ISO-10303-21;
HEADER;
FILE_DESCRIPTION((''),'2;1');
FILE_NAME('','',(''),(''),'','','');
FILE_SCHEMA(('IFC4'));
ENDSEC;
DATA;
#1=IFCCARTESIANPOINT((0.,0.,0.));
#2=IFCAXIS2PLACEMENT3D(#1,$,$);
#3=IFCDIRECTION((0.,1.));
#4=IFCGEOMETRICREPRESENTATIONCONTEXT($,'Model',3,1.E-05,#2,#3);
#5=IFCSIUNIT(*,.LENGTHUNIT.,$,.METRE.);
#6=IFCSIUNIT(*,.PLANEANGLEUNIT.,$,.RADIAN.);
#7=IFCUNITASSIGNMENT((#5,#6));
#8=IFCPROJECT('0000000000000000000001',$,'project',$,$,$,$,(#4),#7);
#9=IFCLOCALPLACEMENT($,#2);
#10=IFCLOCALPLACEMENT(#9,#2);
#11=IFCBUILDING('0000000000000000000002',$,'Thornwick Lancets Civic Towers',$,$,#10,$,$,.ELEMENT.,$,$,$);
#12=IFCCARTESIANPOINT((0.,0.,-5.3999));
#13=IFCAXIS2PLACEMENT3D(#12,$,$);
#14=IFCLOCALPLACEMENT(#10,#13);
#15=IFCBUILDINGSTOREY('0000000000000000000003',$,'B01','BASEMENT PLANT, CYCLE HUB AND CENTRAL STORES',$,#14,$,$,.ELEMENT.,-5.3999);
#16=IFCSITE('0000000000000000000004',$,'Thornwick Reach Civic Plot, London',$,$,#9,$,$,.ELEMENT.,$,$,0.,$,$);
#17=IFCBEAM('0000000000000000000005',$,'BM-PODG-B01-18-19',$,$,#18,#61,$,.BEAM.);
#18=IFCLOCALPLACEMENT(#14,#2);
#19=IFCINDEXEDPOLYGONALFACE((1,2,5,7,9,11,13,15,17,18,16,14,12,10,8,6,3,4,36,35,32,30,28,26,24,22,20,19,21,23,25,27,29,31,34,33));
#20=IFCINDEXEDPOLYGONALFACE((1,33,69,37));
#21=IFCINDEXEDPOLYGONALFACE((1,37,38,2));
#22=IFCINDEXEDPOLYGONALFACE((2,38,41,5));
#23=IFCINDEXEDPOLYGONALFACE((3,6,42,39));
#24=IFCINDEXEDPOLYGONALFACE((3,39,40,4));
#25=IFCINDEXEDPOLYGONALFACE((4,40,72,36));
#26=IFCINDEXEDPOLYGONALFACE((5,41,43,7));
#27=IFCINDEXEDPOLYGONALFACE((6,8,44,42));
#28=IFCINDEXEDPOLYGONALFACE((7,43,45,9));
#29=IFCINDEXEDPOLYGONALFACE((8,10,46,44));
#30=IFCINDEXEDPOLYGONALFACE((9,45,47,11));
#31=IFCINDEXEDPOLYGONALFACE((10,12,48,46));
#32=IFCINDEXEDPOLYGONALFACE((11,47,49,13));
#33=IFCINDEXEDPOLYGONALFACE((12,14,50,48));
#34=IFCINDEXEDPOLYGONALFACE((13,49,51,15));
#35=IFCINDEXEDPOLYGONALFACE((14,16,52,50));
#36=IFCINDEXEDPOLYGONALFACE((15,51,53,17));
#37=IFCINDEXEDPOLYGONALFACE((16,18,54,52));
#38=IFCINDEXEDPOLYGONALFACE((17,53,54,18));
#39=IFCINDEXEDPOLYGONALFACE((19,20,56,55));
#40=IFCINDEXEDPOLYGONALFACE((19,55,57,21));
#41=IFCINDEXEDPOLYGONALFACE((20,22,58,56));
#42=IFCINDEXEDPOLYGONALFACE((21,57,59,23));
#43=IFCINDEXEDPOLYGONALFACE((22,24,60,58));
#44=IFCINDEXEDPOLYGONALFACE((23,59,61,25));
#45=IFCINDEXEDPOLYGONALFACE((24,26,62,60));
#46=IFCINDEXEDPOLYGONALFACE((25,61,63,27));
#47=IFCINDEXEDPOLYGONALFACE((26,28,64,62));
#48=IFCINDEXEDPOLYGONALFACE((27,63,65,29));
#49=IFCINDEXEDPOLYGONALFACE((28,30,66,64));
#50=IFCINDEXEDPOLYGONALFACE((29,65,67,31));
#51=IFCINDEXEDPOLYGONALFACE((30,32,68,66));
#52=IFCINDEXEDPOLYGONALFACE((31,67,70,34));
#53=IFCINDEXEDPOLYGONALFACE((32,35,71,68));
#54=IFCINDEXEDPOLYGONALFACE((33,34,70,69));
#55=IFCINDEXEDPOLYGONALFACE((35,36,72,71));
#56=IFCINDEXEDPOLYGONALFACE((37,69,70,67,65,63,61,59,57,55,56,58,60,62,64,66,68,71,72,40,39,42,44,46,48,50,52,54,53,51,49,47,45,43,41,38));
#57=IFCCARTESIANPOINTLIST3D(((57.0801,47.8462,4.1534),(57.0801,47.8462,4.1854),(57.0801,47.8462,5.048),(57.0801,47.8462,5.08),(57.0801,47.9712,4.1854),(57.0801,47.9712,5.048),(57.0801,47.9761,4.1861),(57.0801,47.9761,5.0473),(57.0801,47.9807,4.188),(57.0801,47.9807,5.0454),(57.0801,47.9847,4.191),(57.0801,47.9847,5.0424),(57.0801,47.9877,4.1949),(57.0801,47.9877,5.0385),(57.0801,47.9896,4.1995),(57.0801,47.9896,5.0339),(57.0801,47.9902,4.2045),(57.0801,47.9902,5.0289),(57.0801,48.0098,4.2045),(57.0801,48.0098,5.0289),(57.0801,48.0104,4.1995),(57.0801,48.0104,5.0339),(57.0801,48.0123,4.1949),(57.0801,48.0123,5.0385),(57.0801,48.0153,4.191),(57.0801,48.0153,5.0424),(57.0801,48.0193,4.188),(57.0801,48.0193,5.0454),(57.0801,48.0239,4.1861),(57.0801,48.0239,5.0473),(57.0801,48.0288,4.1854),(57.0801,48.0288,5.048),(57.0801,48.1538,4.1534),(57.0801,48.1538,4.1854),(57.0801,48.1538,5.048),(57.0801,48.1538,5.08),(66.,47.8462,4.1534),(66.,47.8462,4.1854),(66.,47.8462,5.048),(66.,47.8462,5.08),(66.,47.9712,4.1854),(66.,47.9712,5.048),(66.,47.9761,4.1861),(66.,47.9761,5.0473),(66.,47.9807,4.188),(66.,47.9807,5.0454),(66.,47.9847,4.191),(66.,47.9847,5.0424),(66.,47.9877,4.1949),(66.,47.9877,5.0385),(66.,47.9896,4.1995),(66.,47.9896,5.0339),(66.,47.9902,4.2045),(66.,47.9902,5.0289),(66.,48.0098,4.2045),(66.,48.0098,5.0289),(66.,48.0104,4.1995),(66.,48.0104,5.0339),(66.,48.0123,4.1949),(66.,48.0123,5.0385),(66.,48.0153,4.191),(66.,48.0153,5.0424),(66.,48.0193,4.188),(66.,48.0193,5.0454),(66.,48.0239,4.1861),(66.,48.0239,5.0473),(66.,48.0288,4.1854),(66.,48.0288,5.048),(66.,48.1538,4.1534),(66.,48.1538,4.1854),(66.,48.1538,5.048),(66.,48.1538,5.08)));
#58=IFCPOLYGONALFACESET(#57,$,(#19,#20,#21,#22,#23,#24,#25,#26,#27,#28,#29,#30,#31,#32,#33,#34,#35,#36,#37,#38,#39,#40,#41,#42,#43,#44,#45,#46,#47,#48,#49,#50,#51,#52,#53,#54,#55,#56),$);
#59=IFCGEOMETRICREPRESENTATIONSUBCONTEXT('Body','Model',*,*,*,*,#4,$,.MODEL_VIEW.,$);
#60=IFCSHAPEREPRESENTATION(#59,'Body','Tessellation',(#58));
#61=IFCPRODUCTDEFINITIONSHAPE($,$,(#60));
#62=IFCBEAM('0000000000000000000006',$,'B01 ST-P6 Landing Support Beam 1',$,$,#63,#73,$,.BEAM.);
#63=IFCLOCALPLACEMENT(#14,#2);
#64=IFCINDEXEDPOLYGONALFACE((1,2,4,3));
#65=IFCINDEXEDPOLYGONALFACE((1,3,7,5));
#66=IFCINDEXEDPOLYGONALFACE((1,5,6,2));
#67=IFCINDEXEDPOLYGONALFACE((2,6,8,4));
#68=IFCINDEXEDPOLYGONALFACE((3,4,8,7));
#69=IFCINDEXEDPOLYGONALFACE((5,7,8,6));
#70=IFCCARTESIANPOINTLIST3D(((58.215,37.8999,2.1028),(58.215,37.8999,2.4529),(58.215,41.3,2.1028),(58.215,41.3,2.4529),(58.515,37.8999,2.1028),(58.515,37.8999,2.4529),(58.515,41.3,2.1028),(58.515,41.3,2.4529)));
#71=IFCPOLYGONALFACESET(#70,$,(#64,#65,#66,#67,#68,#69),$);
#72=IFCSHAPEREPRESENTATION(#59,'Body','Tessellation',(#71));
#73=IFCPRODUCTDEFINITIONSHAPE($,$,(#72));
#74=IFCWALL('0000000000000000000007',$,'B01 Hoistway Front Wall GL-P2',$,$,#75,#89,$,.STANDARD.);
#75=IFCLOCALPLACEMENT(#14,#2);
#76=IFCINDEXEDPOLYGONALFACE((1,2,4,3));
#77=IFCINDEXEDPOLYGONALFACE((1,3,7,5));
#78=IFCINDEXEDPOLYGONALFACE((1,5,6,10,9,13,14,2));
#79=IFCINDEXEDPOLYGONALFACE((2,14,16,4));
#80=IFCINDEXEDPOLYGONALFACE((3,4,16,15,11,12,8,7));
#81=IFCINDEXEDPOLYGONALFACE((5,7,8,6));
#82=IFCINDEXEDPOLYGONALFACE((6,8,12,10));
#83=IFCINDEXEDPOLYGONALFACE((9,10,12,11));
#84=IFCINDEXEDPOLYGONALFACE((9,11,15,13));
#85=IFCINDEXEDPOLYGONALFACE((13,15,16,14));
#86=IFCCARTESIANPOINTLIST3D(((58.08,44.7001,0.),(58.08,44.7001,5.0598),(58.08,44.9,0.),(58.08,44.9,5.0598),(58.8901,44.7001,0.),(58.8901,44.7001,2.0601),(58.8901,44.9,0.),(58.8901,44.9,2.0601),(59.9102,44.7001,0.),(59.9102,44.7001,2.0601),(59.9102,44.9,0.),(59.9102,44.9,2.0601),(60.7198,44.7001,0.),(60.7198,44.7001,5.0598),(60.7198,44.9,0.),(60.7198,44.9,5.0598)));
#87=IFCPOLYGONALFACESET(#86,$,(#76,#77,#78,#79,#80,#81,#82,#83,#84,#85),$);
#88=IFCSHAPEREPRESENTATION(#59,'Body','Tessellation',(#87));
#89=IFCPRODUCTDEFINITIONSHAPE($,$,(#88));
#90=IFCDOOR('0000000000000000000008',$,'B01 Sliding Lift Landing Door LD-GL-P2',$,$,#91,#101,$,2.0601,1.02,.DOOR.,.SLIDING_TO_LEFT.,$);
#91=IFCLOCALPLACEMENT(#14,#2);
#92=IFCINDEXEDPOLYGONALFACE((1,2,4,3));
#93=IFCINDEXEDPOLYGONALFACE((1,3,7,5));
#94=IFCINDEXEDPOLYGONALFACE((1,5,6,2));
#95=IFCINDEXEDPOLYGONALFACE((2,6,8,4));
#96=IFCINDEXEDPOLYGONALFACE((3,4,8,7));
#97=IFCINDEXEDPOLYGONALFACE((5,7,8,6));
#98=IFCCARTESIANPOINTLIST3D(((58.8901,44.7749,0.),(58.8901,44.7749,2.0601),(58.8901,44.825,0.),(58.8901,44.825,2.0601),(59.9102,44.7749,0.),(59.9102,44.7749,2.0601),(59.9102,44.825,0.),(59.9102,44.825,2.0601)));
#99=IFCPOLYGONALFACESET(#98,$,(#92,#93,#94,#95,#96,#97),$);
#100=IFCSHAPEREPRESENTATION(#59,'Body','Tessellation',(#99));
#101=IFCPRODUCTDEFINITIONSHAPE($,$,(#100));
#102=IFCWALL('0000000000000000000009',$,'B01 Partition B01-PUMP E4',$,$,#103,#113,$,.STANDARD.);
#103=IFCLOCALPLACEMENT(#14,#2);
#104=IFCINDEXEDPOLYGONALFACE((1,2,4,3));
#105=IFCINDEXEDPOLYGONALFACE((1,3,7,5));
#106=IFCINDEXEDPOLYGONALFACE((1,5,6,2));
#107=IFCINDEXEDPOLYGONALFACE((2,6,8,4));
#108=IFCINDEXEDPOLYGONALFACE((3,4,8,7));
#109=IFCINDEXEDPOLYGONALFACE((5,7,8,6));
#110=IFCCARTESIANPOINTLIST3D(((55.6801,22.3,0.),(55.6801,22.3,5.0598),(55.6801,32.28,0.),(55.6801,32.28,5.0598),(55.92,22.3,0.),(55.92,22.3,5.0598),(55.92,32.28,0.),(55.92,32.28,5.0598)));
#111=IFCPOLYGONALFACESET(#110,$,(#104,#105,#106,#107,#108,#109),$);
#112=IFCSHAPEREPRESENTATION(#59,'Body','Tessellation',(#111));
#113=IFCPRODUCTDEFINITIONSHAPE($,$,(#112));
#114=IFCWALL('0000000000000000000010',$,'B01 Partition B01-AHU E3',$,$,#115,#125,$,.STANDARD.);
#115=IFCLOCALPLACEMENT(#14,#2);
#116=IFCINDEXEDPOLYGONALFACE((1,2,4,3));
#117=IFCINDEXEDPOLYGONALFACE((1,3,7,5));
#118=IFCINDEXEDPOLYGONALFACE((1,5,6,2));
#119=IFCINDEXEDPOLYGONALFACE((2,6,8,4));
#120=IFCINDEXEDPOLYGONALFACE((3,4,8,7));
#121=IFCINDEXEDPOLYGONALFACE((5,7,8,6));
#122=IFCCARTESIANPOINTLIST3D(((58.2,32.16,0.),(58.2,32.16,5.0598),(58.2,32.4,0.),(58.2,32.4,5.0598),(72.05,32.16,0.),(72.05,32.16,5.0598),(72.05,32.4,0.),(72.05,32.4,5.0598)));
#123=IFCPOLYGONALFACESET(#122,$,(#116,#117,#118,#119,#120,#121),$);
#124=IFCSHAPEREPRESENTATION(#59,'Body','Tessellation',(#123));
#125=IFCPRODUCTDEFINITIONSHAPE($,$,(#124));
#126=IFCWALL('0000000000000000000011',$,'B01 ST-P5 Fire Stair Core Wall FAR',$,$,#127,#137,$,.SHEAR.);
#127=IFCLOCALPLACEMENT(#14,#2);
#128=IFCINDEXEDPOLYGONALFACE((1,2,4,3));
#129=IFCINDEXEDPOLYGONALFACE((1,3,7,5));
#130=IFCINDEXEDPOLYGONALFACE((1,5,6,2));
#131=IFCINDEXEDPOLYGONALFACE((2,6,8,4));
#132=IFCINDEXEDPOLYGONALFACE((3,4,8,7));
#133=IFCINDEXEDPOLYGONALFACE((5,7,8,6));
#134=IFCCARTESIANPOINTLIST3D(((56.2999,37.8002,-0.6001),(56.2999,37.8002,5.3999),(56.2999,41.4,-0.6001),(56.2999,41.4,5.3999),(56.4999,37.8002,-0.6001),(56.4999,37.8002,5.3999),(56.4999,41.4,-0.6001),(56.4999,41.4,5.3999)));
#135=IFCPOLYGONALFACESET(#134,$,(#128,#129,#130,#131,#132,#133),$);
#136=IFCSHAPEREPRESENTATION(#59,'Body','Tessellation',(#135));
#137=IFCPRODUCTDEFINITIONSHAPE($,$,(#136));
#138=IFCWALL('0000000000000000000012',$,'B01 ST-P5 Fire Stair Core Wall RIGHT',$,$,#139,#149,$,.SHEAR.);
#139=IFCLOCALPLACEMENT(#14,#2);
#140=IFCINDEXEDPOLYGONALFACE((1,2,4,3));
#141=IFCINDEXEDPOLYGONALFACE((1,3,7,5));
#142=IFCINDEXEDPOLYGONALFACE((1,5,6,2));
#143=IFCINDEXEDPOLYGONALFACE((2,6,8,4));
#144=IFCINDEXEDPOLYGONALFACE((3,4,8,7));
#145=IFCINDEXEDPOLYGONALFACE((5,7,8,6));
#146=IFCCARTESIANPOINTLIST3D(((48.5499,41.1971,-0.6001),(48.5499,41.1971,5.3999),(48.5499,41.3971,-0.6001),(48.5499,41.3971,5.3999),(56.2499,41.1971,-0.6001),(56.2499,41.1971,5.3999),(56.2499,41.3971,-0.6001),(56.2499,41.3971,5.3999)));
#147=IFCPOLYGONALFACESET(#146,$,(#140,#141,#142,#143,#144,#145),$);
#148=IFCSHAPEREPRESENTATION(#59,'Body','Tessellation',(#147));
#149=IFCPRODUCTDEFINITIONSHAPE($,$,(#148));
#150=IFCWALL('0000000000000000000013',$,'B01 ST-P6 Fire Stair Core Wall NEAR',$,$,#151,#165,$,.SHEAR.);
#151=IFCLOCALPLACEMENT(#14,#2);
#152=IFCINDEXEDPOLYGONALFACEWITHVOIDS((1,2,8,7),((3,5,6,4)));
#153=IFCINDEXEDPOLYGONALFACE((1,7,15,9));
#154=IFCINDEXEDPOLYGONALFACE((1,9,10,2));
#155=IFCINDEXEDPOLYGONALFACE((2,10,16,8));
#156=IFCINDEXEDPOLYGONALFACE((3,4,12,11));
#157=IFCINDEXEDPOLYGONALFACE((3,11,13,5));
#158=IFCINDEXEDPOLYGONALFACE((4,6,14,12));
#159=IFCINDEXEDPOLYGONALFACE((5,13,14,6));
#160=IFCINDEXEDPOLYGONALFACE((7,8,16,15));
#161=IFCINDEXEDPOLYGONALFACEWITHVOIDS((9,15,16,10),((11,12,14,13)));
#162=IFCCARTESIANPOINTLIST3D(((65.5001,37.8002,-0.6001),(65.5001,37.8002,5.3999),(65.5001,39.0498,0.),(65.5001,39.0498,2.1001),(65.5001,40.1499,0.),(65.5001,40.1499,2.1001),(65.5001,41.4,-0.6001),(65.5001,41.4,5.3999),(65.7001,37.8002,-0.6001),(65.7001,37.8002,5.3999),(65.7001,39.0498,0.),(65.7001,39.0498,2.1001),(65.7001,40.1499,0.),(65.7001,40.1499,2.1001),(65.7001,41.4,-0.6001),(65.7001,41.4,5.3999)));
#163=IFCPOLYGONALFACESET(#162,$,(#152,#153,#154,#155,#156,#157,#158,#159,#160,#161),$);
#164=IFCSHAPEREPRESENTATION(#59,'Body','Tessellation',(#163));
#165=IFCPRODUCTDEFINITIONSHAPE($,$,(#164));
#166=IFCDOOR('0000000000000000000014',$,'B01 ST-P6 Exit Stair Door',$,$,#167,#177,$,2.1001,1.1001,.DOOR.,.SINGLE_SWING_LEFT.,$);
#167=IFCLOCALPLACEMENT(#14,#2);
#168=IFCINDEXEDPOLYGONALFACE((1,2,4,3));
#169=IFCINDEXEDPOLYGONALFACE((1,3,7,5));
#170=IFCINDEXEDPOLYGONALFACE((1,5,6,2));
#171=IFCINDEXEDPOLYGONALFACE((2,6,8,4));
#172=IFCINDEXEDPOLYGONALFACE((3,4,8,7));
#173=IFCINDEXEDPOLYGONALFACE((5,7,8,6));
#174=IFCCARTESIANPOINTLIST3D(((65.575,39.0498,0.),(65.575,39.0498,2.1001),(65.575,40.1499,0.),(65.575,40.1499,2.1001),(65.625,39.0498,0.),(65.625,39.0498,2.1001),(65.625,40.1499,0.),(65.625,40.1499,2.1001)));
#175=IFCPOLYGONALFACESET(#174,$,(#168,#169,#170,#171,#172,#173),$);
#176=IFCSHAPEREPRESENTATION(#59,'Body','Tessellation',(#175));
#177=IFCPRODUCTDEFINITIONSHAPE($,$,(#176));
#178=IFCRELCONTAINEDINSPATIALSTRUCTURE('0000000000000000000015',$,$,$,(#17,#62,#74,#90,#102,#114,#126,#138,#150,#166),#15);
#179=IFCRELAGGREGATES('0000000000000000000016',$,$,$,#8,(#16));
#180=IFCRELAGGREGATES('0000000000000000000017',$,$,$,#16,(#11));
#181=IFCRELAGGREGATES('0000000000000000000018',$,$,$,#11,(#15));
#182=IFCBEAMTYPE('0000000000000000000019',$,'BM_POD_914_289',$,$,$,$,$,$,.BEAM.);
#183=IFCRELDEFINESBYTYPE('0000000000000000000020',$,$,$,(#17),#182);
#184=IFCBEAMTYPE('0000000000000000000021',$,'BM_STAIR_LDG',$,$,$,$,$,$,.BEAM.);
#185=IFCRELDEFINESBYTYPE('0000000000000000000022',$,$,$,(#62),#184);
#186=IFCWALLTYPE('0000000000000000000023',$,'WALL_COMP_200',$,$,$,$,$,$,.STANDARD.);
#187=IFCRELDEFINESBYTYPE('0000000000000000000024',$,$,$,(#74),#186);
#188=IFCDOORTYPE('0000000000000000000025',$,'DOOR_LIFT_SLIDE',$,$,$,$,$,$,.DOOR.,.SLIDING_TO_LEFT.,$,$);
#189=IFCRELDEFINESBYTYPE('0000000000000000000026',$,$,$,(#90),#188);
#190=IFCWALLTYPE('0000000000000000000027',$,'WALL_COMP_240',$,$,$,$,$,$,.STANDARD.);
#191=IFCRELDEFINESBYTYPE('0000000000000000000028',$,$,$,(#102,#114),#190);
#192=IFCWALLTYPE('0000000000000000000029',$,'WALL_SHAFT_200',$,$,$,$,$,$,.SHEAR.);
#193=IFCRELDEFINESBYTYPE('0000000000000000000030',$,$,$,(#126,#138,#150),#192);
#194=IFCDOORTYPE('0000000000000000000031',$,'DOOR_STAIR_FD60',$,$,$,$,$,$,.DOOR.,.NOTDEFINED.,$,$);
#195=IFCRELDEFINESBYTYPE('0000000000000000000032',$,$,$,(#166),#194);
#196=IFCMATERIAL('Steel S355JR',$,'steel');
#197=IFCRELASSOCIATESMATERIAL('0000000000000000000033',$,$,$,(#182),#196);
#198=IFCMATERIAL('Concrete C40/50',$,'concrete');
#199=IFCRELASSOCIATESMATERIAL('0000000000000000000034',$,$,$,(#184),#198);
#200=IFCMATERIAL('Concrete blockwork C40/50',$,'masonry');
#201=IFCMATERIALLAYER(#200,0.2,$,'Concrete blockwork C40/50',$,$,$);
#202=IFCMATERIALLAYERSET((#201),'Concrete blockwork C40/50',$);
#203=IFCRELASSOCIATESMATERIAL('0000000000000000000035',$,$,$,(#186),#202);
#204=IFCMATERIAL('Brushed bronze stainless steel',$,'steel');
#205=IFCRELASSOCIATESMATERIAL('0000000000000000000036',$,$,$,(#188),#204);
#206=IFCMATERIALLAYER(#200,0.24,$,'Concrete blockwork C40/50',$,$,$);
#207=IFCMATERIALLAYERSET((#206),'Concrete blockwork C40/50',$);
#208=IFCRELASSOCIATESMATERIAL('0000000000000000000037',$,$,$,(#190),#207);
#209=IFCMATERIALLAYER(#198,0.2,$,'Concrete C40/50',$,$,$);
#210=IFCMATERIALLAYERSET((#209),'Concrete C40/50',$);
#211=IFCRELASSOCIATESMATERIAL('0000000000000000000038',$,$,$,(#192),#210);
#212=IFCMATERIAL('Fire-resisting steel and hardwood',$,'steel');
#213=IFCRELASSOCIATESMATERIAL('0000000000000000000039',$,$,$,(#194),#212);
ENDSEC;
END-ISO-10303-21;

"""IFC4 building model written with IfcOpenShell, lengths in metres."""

from ifc_helpers import new_model, si_unit, direction, frame, frame_2d, origin, origin_2d, place, context, subcontext, project, spatial, rectangle, i_section, extrude, material, layer, layer_set, material_profile, profile_set, type_object, element, fill, save


model = new_model("IFC4")

# Units and contexts
model_context = context("Model", 3, precision=1e-05, world=origin(), true_north=direction((0.0, 1.0)))
body_context = subcontext(model_context, "Body", "Model", "MODEL_VIEW")
ifc_project = project(units=[si_unit("LENGTHUNIT", "METRE"), si_unit("PLANEANGLEUNIT", "RADIAN")], contexts=[model_context])

# Site, building, storey
site_placement = place(None, origin())
site = spatial("IfcSite", under=ifc_project, at=site_placement, Name="Thornwick Reach Civic Plot, London", CompositionType="ELEMENT", RefElevation=0.0)
building_placement = place(site_placement, origin())
building = spatial("IfcBuilding", under=site, at=building_placement, Name="Thornwick Lancets Civic Towers", CompositionType="ELEMENT")
storey_placement = place(building_placement, frame((0.0, 0.0, -5.3999)))
storey = spatial("IfcBuildingStorey", under=building, at=storey_placement, Name="B01", Description="BASEMENT PLANT, CYCLE HUB AND CENTRAL STORES", CompositionType="ELEMENT", Elevation=-5.3999)

# Shared definitions
ifc_material_1 = material(Name="Concrete C40/50", Category="concrete")

# Beams
ifc_material_2 = material(Name="Steel S355JR", Category="steel")
ifc_material_profile_1 = material_profile(ifc_material_2, i_section(OverallWidth=0.3076, OverallDepth=0.9265, WebThickness=0.0195, FlangeThickness=0.032, FilletRadius=0.019, at=origin_2d()), Name="UKB 914x305x289")
ifc_profile_set_1 = profile_set([ifc_material_profile_1], Name="Steel S355JR")
beam_type_1 = type_object("IfcBeamType", Name="BM_POD_914_289", PredefinedType="BEAM", material=ifc_profile_set_1)
beam_1_placement = place(storey_placement, frame((57.0801, 48.0, 4.6167), z_axis=(1.0, 0.0, 0.0), x_axis=(0.0, 1.0, 0.0)))
element("IfcBeam", 1, at=beam_1_placement, inside=storey, type_object=beam_type_1, Name="BM-PODG-B01-18-19", PredefinedType="BEAM", context=body_context, shape_type="SweptSolid", body=[
    extrude(i_section(OverallWidth=0.3076, OverallDepth=0.9265, WebThickness=0.0195, FlangeThickness=0.032, FilletRadius=0.019, at=origin_2d()), origin(), (0.0, 0.0, 1.0), 8.9199),
])
ifc_material_profile_2 = material_profile(ifc_material_1, rectangle(XDim=0.3, YDim=0.3501, at=origin_2d()), Name="RC 300x350")
ifc_profile_set_2 = profile_set([ifc_material_profile_2], Name="Concrete C40/50")
beam_type_2 = type_object("IfcBeamType", Name="BM_STAIR_LDG", PredefinedType="BEAM", material=ifc_profile_set_2)
beam_2_placement = place(storey_placement, frame((58.365, 41.3, 2.2778), z_axis=(0.0, -1.0, 0.0), x_axis=(1.0, 0.0, 0.0)))
element("IfcBeam", 2, at=beam_2_placement, inside=storey, type_object=beam_type_2, Name="B01 ST-P6 Landing Support Beam 1", PredefinedType="BEAM", context=body_context, shape_type="SweptSolid", body=[
    extrude(rectangle(XDim=0.3, YDim=0.3501, at=origin_2d()), origin(), (0.0, 0.0, 1.0), 3.4001),
])

# Wall, opening, door
ifc_material_3 = material(Name="Concrete blockwork C40/50", Category="masonry")
ifc_layer_1 = layer(ifc_material_3, 0.2, Name="Concrete blockwork C40/50")
ifc_layer_set_1 = layer_set([ifc_layer_1], Name="Concrete blockwork C40/50")
wall_type_1 = type_object("IfcWallType", Name="WALL_COMP_200", PredefinedType="STANDARD", material=ifc_layer_set_1)
wall_1_placement = place(storey_placement, frame((58.0801, 44.8, 0.0), z_axis=(0.0, 0.0, 1.0), x_axis=(1.0, 0.0, 0.0)))
wall_1 = element("IfcWall", 3, at=wall_1_placement, inside=storey, type_object=wall_type_1, Name="B01 Hoistway Front Wall GL-P2", PredefinedType="STANDARD", context=body_context, shape_type="SweptSolid", body=[
    extrude(rectangle(XDim=2.6399, YDim=0.2, at=frame_2d((1.3198, 0.0))), origin(), (0.0, 0.0, 1.0), 5.0598),
])
opening_1_placement = place(wall_1_placement, frame((0.8101, 0.0, 0.0)))
opening_1 = element("IfcOpeningElement", 4, at=opening_1_placement, cuts=wall_1, PredefinedType="OPENING", context=body_context, shape_type="SweptSolid", body=[
    extrude(rectangle(XDim=1.02, YDim=2.0601, at=frame_2d((0.51, 1.03))), frame((0.0, 0.1099, 0.0), z_axis=(0.0, -1.0, 0.0), x_axis=(1.0, 0.0, 0.0)), (0.0, 0.0, 1.0), 0.22),
])
ifc_material_4 = material(Name="Brushed bronze stainless steel", Category="steel")
door_type_1 = type_object("IfcDoorType", Name="DOOR_LIFT_SLIDE", OperationType="SLIDING_TO_LEFT", PredefinedType="DOOR", material=ifc_material_4)
door_1_placement = place(opening_1_placement, origin())
door_1 = element("IfcDoor", 5, at=door_1_placement, inside=storey, type_object=door_type_1, Name="B01 Sliding Lift Landing Door LD-GL-P2", OperationType="SLIDING_TO_LEFT", OverallHeight=2.0601, OverallWidth=1.02, PredefinedType="DOOR", context=body_context, shape_type="SweptSolid", body=[
    extrude(rectangle(XDim=1.02, YDim=2.0601, at=frame_2d((0.51, 1.03))), frame((0.0, 0.0249, 0.0), z_axis=(0.0, -1.0, 0.0), x_axis=(1.0, 0.0, 0.0)), (0.0, 0.0, 1.0), 0.05),
])
fill(opening_1, door_1)

# Walls
ifc_layer_2 = layer(ifc_material_3, 0.24, Name="Concrete blockwork C40/50")
ifc_layer_set_2 = layer_set([ifc_layer_2], Name="Concrete blockwork C40/50")
wall_type_2 = type_object("IfcWallType", Name="WALL_COMP_240", PredefinedType="STANDARD", material=ifc_layer_set_2)
wall_2_placement = place(storey_placement, frame((55.8, 32.28, 0.0), z_axis=(0.0, 0.0, 1.0), x_axis=(0.0, -1.0, 0.0)))
element("IfcWall", 6, at=wall_2_placement, inside=storey, type_object=wall_type_2, Name="B01 Partition B01-PUMP E4", PredefinedType="STANDARD", context=body_context, shape_type="SweptSolid", body=[
    extrude(rectangle(XDim=9.98, YDim=0.24, at=frame_2d((4.99, 0.0))), origin(), (0.0, 0.0, 1.0), 5.0598),
])
wall_3_placement = place(storey_placement, frame((58.2, 32.28, 0.0), z_axis=(0.0, 0.0, 1.0), x_axis=(1.0, 0.0, 0.0)))
element("IfcWall", 7, at=wall_3_placement, inside=storey, type_object=wall_type_2, Name="B01 Partition B01-AHU E3", PredefinedType="STANDARD", context=body_context, shape_type="SweptSolid", body=[
    extrude(rectangle(XDim=13.8501, YDim=0.24, at=frame_2d((6.925, 0.0))), origin(), (0.0, 0.0, 1.0), 5.0598),
])
ifc_layer_3 = layer(ifc_material_1, 0.2, Name="Concrete C40/50")
ifc_layer_set_3 = layer_set([ifc_layer_3], Name="Concrete C40/50")
wall_type_3 = type_object("IfcWallType", Name="WALL_SHAFT_200", PredefinedType="SHEAR", material=ifc_layer_set_3)
wall_4_placement = place(storey_placement, frame((56.3999, 41.3999, -0.6001), z_axis=(0.0, 0.0, 1.0), x_axis=(0.0, -1.0, 0.0)))
element("IfcWall", 8, at=wall_4_placement, inside=storey, type_object=wall_type_3, Name="B01 ST-P5 Fire Stair Core Wall FAR", PredefinedType="SHEAR", context=body_context, shape_type="SweptSolid", body=[
    extrude(rectangle(XDim=3.5999, YDim=0.2, at=frame_2d((1.7998, 0.0))), origin(), (0.0, 0.0, 1.0), 6.0),
])
wall_5_placement = place(storey_placement, frame((56.25, 41.2971, -0.6001), z_axis=(0.0, 0.0, 1.0), x_axis=(-1.0, 0.0, 0.0)))
element("IfcWall", 9, at=wall_5_placement, inside=storey, type_object=wall_type_3, Name="B01 ST-P5 Fire Stair Core Wall RIGHT", PredefinedType="SHEAR", context=body_context, shape_type="SweptSolid", body=[
    extrude(rectangle(XDim=7.7, YDim=0.2, at=frame_2d((3.8501, 0.0))), origin(), (0.0, 0.0, 1.0), 6.0),
])

# Wall, opening, door
wall_6_placement = place(storey_placement, frame((65.6001, 41.3999, -0.6001), z_axis=(0.0, 0.0, 1.0), x_axis=(0.0, -1.0, 0.0)))
wall_6 = element("IfcWall", 10, at=wall_6_placement, inside=storey, type_object=wall_type_3, Name="B01 ST-P6 Fire Stair Core Wall NEAR", PredefinedType="SHEAR", context=body_context, shape_type="SweptSolid", body=[
    extrude(rectangle(XDim=3.5999, YDim=0.2, at=frame_2d((1.7998, 0.0))), origin(), (0.0, 0.0, 1.0), 6.0),
])
opening_2_placement = place(wall_6_placement, frame((1.25, 0.0, 0.6001)))
opening_2 = element("IfcOpeningElement", 11, at=opening_2_placement, cuts=wall_6, PredefinedType="OPENING", context=body_context, shape_type="SweptSolid", body=[
    extrude(rectangle(XDim=1.1001, YDim=2.1001, at=frame_2d((0.55, 1.05))), frame((0.0, 0.1099, 0.0), z_axis=(0.0, -1.0, 0.0), x_axis=(1.0, 0.0, 0.0)), (0.0, 0.0, 1.0), 0.22),
])
ifc_material_5 = material(Name="Fire-resisting steel and hardwood", Category="steel")
door_type_2 = type_object("IfcDoorType", Name="DOOR_STAIR_FD60", OperationType="NOTDEFINED", PredefinedType="DOOR", material=ifc_material_5)
door_2_placement = place(opening_2_placement, origin())
door_2 = element("IfcDoor", 12, at=door_2_placement, inside=storey, type_object=door_type_2, Name="B01 ST-P6 Exit Stair Door", OperationType="SINGLE_SWING_LEFT", OverallHeight=2.1001, OverallWidth=1.1001, PredefinedType="DOOR", context=body_context, shape_type="SweptSolid", body=[
    extrude(rectangle(XDim=1.1001, YDim=2.1001, at=frame_2d((0.55, 1.05))), frame((0.0, 0.0249, 0.0), z_axis=(0.0, -1.0, 0.0), x_axis=(1.0, 0.0, 0.0)), (0.0, 0.0, 1.0), 0.05),
])
fill(opening_2, door_2)

save(model, "model.ifc")
